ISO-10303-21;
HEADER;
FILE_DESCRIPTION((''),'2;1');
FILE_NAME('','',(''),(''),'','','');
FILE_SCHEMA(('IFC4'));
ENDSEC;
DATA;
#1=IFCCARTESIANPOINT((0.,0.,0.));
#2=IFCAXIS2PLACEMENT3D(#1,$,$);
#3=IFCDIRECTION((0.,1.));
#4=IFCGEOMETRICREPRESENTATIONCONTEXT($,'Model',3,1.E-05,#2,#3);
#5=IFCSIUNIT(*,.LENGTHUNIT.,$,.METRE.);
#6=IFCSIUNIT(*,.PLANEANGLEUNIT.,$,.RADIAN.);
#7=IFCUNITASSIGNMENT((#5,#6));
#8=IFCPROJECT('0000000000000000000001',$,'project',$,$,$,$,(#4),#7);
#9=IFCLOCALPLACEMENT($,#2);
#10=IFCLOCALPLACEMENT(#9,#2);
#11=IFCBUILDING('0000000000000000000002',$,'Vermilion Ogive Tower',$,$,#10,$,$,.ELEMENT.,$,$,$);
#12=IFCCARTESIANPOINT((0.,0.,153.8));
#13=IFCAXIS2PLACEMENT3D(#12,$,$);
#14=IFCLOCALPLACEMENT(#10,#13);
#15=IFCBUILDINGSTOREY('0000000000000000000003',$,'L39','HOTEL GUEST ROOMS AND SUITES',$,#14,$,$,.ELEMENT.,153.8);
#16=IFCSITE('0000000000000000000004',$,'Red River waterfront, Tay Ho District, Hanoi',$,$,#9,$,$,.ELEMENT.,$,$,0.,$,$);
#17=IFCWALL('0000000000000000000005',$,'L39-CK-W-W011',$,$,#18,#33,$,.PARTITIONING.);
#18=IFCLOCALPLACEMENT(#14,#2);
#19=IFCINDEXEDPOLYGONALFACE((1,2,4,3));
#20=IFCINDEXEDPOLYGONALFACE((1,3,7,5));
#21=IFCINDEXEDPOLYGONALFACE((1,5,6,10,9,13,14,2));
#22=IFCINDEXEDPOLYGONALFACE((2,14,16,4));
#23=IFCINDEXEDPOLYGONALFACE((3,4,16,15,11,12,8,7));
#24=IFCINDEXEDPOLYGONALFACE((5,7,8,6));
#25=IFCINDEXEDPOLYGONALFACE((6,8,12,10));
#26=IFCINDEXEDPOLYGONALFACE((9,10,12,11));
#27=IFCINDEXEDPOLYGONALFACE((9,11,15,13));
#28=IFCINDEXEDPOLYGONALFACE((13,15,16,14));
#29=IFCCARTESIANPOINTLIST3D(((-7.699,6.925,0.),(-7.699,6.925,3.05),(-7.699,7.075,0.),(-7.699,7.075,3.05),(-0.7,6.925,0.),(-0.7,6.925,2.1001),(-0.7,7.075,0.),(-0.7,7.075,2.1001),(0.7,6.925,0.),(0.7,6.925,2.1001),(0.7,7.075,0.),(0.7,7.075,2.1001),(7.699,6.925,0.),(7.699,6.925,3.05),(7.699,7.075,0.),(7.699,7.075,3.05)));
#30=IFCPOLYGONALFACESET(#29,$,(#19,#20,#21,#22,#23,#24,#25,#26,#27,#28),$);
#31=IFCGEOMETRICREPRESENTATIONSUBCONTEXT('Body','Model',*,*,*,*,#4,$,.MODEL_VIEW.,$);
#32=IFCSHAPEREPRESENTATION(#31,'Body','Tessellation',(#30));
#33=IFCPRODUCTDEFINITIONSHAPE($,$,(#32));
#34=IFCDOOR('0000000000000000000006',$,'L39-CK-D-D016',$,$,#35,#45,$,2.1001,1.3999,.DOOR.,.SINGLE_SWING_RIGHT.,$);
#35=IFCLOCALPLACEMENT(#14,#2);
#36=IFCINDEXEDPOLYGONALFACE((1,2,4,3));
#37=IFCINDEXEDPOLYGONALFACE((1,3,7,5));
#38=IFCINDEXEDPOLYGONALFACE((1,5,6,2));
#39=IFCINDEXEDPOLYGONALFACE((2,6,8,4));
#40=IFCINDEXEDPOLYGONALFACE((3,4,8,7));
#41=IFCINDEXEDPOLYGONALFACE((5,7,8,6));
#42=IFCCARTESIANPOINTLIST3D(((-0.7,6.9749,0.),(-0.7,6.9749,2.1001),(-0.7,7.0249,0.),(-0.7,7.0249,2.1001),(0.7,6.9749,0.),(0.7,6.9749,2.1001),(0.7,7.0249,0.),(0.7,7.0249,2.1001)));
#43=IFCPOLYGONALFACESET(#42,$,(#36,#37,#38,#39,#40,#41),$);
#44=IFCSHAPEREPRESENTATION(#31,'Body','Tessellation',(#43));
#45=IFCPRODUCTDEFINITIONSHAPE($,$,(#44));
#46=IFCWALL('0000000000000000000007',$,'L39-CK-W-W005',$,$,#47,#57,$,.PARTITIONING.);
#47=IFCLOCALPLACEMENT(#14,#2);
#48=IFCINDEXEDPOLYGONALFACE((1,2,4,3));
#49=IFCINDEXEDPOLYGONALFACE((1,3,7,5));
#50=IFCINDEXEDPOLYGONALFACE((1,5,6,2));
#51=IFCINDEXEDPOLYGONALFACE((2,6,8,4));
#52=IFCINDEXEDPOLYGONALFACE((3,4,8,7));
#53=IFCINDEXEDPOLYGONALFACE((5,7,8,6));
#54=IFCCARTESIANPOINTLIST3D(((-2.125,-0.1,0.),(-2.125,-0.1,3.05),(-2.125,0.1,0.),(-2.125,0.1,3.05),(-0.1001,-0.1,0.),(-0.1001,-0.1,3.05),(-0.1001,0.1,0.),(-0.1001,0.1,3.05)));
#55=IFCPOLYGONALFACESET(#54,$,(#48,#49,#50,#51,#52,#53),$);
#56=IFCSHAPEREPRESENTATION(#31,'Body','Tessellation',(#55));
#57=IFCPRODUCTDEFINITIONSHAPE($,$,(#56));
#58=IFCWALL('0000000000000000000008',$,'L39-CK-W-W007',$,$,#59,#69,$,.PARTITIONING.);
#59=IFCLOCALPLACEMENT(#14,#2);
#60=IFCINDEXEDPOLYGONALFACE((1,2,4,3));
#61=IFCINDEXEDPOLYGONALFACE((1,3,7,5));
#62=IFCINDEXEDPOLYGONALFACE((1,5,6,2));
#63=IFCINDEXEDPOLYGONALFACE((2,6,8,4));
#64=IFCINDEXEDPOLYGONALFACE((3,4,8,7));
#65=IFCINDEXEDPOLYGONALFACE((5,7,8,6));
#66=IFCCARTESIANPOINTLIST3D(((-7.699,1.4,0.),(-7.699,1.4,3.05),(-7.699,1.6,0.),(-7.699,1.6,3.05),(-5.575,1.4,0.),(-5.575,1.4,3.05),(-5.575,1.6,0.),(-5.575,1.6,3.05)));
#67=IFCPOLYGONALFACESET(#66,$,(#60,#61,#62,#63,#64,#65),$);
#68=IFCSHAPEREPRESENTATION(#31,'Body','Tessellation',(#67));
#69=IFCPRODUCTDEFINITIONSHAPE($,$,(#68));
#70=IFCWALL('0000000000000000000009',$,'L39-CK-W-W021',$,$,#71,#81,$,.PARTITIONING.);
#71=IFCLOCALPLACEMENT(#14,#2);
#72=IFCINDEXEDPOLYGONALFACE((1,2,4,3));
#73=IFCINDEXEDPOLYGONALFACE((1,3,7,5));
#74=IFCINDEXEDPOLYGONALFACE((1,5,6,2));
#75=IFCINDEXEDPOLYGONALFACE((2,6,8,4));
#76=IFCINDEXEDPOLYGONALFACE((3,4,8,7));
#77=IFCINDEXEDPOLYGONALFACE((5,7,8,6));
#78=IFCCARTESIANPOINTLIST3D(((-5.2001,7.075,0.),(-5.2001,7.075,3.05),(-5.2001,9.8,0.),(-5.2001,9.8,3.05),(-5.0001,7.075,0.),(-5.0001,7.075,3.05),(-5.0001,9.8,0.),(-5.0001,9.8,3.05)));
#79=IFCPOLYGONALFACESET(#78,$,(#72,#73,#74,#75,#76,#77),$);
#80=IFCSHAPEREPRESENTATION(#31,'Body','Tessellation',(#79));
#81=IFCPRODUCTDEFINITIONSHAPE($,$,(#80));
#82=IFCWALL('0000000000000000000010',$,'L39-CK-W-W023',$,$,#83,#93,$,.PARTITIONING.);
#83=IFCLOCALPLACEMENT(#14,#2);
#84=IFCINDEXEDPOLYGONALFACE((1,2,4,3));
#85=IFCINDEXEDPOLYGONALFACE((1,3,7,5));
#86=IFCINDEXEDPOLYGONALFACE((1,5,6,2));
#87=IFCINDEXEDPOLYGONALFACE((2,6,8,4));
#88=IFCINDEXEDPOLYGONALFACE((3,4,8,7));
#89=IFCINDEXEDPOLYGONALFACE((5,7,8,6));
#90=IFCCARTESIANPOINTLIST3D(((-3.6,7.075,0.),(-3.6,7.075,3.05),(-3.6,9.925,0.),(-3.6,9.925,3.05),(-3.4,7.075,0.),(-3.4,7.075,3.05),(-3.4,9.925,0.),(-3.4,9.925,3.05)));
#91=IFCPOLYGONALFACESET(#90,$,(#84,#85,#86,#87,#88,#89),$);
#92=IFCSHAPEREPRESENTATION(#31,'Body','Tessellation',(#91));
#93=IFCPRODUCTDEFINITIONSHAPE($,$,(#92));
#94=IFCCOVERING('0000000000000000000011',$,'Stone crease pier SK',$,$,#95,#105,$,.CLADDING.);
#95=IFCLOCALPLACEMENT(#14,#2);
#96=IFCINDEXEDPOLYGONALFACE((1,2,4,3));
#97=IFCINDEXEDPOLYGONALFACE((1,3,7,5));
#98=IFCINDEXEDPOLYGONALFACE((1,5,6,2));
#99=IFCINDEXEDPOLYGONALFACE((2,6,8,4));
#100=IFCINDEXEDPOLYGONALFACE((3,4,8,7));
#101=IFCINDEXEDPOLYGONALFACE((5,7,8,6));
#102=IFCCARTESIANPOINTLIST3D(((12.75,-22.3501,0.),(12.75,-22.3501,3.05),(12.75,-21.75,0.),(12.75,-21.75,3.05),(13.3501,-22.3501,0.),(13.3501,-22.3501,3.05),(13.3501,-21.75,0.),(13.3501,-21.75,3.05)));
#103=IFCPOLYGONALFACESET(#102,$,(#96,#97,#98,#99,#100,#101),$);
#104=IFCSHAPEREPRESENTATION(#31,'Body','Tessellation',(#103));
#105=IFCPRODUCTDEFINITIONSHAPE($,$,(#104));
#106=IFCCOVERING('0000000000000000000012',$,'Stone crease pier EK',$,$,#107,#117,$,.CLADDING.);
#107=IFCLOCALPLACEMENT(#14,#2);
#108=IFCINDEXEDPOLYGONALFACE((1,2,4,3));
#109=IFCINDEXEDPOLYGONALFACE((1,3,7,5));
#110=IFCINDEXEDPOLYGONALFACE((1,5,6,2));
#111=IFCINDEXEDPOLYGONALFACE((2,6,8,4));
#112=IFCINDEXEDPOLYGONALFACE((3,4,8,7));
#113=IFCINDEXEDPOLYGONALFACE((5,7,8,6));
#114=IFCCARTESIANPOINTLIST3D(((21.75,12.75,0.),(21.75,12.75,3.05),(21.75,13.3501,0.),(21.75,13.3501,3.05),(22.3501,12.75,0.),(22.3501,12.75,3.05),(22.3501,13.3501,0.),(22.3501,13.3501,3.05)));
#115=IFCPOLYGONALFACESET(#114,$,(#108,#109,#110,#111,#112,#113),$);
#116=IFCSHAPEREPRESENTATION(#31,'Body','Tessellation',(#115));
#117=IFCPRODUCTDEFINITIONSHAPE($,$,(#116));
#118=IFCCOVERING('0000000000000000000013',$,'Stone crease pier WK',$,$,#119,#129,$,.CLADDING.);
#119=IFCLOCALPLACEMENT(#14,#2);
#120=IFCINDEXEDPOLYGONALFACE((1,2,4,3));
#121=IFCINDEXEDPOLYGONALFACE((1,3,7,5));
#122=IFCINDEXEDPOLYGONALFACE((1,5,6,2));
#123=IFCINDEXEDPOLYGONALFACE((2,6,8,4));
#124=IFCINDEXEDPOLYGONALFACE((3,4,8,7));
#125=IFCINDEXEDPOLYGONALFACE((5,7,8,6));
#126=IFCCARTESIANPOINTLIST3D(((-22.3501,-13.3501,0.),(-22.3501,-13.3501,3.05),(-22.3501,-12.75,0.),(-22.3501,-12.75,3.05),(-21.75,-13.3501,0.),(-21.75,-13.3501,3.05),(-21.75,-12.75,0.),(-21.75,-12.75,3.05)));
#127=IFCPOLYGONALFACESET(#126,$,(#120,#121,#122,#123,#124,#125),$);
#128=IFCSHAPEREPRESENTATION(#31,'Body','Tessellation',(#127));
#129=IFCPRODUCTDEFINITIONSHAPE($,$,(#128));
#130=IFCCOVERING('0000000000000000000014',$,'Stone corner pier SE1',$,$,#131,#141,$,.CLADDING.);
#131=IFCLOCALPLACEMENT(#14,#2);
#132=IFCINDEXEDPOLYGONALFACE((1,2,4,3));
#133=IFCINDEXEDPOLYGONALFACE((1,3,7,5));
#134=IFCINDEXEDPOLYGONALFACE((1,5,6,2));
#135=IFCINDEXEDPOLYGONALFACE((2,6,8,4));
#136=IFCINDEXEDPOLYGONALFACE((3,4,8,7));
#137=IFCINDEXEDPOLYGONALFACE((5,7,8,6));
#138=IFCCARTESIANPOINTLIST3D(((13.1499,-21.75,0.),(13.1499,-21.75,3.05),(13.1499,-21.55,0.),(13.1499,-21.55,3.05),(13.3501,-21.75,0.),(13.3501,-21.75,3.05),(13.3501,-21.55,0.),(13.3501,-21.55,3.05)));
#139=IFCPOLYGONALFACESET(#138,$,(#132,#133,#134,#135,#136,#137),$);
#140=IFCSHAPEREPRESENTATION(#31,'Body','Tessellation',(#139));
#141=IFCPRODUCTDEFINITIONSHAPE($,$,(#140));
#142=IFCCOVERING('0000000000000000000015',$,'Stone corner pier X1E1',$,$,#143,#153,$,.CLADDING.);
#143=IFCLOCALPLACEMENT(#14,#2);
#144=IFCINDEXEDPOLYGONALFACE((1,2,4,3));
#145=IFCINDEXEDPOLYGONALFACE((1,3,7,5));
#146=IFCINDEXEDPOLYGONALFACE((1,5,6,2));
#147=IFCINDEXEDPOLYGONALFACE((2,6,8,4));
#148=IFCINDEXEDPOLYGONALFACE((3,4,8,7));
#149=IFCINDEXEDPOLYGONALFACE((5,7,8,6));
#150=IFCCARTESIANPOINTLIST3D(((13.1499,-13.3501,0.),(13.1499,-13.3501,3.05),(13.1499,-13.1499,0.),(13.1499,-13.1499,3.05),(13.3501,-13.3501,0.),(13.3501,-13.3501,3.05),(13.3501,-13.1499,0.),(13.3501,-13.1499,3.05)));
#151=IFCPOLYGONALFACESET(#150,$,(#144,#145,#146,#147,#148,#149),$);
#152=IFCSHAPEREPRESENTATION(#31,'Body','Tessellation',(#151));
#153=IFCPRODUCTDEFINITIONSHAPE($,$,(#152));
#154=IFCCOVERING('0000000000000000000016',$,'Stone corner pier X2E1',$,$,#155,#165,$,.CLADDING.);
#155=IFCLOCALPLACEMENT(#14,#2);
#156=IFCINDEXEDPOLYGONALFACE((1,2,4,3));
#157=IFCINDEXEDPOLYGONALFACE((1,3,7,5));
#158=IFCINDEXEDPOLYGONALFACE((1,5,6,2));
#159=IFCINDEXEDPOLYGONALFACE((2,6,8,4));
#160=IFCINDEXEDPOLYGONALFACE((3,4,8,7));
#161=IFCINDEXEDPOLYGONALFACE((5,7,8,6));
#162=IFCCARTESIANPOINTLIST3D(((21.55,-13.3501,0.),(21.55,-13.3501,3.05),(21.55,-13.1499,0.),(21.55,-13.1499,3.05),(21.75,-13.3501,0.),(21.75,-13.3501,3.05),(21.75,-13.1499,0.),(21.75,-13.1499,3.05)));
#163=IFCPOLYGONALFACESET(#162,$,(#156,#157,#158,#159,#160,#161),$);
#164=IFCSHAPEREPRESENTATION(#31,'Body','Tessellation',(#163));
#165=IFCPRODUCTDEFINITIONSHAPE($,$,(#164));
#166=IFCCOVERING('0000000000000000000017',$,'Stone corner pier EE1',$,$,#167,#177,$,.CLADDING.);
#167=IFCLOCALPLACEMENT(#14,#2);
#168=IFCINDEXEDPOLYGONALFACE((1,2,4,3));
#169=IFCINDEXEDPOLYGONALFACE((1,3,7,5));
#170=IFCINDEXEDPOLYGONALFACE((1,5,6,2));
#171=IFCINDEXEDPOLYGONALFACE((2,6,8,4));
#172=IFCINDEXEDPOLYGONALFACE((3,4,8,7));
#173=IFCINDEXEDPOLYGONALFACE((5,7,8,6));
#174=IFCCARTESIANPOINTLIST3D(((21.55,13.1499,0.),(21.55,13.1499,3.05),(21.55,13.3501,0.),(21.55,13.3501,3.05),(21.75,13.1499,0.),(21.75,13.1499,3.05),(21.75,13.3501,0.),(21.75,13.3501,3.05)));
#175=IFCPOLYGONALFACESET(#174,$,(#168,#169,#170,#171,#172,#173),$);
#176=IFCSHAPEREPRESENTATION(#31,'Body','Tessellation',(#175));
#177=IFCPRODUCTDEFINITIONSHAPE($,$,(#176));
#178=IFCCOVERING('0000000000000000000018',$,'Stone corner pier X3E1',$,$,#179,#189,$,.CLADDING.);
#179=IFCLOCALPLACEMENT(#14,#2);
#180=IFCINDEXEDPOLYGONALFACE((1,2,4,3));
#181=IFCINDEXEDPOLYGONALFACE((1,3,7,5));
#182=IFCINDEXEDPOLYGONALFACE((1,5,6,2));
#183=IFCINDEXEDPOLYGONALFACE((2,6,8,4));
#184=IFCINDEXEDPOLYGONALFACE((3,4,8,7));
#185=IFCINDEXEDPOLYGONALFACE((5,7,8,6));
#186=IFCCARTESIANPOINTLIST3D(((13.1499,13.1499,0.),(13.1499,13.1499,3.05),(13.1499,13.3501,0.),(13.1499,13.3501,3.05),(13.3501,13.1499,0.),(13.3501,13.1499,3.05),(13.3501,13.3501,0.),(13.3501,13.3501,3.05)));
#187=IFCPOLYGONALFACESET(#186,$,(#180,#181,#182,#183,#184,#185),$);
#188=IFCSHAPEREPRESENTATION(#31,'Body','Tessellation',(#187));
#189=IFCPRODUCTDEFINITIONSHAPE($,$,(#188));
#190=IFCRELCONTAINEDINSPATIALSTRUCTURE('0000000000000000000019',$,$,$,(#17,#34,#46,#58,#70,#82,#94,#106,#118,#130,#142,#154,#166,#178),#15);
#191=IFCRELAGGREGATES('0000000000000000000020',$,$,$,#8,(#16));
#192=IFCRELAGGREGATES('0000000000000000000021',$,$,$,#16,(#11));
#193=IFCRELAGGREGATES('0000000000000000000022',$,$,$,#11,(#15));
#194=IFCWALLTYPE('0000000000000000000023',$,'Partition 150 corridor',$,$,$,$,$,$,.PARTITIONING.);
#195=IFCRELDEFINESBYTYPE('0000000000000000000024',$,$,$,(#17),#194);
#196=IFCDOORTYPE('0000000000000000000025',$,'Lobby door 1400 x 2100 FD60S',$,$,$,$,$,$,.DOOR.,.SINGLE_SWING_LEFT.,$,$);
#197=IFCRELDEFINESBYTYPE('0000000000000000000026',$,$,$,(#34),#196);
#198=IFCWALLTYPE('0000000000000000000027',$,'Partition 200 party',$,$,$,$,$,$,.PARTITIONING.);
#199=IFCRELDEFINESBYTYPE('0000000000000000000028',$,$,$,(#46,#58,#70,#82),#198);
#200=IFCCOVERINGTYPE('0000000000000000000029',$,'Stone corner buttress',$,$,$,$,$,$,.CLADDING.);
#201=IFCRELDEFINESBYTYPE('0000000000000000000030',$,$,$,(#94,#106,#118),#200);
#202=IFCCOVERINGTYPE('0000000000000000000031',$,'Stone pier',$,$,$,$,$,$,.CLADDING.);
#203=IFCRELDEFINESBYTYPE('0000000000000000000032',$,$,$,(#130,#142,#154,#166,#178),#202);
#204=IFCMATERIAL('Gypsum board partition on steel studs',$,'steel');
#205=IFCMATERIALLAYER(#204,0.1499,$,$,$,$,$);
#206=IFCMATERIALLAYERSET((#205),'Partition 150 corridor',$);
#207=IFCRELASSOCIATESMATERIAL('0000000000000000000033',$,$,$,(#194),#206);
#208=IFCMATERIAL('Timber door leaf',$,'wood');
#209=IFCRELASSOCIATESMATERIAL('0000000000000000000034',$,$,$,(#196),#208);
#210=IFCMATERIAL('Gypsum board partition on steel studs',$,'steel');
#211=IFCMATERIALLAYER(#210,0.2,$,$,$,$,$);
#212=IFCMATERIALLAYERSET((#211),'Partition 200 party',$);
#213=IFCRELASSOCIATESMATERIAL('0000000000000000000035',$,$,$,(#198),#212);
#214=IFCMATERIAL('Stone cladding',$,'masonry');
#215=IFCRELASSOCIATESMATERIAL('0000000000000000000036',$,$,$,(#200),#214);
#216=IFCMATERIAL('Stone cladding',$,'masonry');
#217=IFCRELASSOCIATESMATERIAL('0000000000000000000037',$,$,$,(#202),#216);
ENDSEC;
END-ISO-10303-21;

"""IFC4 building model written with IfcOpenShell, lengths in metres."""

from ifc_helpers import new_model, si_unit, direction, frame, frame_2d, origin, place, context, subcontext, project, spatial, polyline, rectangle, outline, extrude, material, layer, layer_set, type_object, element, fill, save


model = new_model("IFC4")

# Units and contexts
model_context = context("Model", 3, precision=1e-05, world=origin(), true_north=direction((0.0, 1.0)))
body_context = subcontext(model_context, "Body", "Model", "MODEL_VIEW")
ifc_project = project(units=[si_unit("LENGTHUNIT", "METRE"), si_unit("PLANEANGLEUNIT", "RADIAN")], contexts=[model_context])

# Site, building, storey
site_placement = place(None, origin())
site = spatial("IfcSite", under=ifc_project, at=site_placement, Name="Red River waterfront, Tay Ho District, Hanoi", CompositionType="ELEMENT", RefElevation=0.0)
building_placement = place(site_placement, origin())
building = spatial("IfcBuilding", under=site, at=building_placement, Name="Vermilion Ogive Tower", CompositionType="ELEMENT")
storey_placement = place(building_placement, frame((0.0, 0.0, 153.8)))
storey = spatial("IfcBuildingStorey", under=building, at=storey_placement, Name="L39", Description="HOTEL GUEST ROOMS AND SUITES", CompositionType="ELEMENT", Elevation=153.8)

# Shared definitions
ifc_material_1 = material(Name="Gypsum board partition on steel studs", Category="steel")
ifc_layer_1 = layer(ifc_material_1, 0.1499)
ifc_layer_set_1 = layer_set([ifc_layer_1], Name="Partition 150 corridor")
wall_type_1 = type_object("IfcWallType", Name="Partition 150 corridor", PredefinedType="PARTITIONING", material=ifc_layer_set_1)

# Wall, opening, door
wall_1_placement = place(storey_placement, frame((-7.699, 7.0, 0.0), z_axis=(0.0, 0.0, 1.0), x_axis=(1.0, 0.0, 0.0)))
wall_1 = element("IfcWall", 1, at=wall_1_placement, inside=storey, type_object=wall_type_1, Name="L39-CK-W-W011", PredefinedType="PARTITIONING", context=body_context, shape_type="SweptSolid", body=[
    extrude(rectangle(XDim=15.3979, YDim=0.1499, at=frame_2d((7.699, 0.0))), origin(), (0.0, 0.0, 1.0), 3.05),
])
opening_placement = place(wall_1_placement, frame((6.999, 0.0, 0.0)))
opening = element("IfcOpeningElement", 2, at=opening_placement, cuts=wall_1, PredefinedType="OPENING", context=body_context, shape_type="SweptSolid", body=[
    extrude(rectangle(XDim=1.3999, YDim=2.1001, at=frame_2d((0.7, 1.05))), frame((0.0, 0.085, 0.0), z_axis=(0.0, -1.0, 0.0), x_axis=(1.0, 0.0, 0.0)), (0.0, 0.0, 1.0), 0.1699),
])
ifc_material_2 = material(Name="Timber door leaf", Category="wood")
door_type = type_object("IfcDoorType", Name="Lobby door 1400 x 2100 FD60S", OperationType="SINGLE_SWING_LEFT", PredefinedType="DOOR", material=ifc_material_2)
door_placement = place(opening_placement, origin())
door = element("IfcDoor", 3, at=door_placement, inside=storey, type_object=door_type, Name="L39-CK-D-D016", OperationType="SINGLE_SWING_RIGHT", OverallHeight=2.1001, OverallWidth=1.3999, PredefinedType="DOOR", context=body_context, shape_type="SweptSolid", body=[
    extrude(rectangle(XDim=1.3999, YDim=2.1001, at=frame_2d((0.7, 1.05))), frame((0.0, 0.0249, 0.0), z_axis=(0.0, -1.0, 0.0), x_axis=(1.0, 0.0, 0.0)), (0.0, 0.0, 1.0), 0.05),
])
fill(opening, door)

# Walls
ifc_material_3 = material(Name="Gypsum board partition on steel studs", Category="steel")
ifc_layer_2 = layer(ifc_material_3, 0.2)
ifc_layer_set_2 = layer_set([ifc_layer_2], Name="Partition 200 party")
wall_type_2 = type_object("IfcWallType", Name="Partition 200 party", PredefinedType="PARTITIONING", material=ifc_layer_set_2)
wall_2_placement = place(storey_placement, frame((-2.125, 0.0, 0.0), z_axis=(0.0, 0.0, 1.0), x_axis=(1.0, 0.0, 0.0)))
element("IfcWall", 4, at=wall_2_placement, inside=storey, type_object=wall_type_2, Name="L39-CK-W-W005", PredefinedType="PARTITIONING", context=body_context, shape_type="SweptSolid", body=[
    extrude(rectangle(XDim=2.0249, YDim=0.2, at=frame_2d((1.0125, 0.0))), origin(), (0.0, 0.0, 1.0), 3.05),
])
wall_3_placement = place(storey_placement, frame((-7.699, 1.5, 0.0), z_axis=(0.0, 0.0, 1.0), x_axis=(1.0, 0.0, 0.0)))
element("IfcWall", 5, at=wall_3_placement, inside=storey, type_object=wall_type_2, Name="L39-CK-W-W007", PredefinedType="PARTITIONING", context=body_context, shape_type="SweptSolid", body=[
    extrude(rectangle(XDim=2.124, YDim=0.2, at=frame_2d((1.062, 0.0))), origin(), (0.0, 0.0, 1.0), 3.05),
])
wall_4_placement = place(storey_placement, frame((-5.1001, 7.075, 0.0), z_axis=(0.0, 0.0, 1.0), x_axis=(0.0, 1.0, 0.0)))
element("IfcWall", 6, at=wall_4_placement, inside=storey, type_object=wall_type_2, Name="L39-CK-W-W021", PredefinedType="PARTITIONING", context=body_context, shape_type="SweptSolid", body=[
    extrude(rectangle(XDim=2.7251, YDim=0.2, at=frame_2d((1.3625, 0.0))), origin(), (0.0, 0.0, 1.0), 3.05),
])
wall_5_placement = place(storey_placement, frame((-3.5, 7.075, 0.0), z_axis=(0.0, 0.0, 1.0), x_axis=(0.0, 1.0, 0.0)))
element("IfcWall", 7, at=wall_5_placement, inside=storey, type_object=wall_type_2, Name="L39-CK-W-W023", PredefinedType="PARTITIONING", context=body_context, shape_type="SweptSolid", body=[
    extrude(rectangle(XDim=2.8501, YDim=0.2, at=frame_2d((1.425, 0.0))), origin(), (0.0, 0.0, 1.0), 3.05),
])

# Coverings
ifc_material_4 = material(Name="Stone cladding", Category="masonry")
covering_type_1 = type_object("IfcCoveringType", Name="Stone corner buttress", PredefinedType="CLADDING", material=ifc_material_4)
covering_1_placement = place(storey_placement, origin())
element("IfcCovering", 8, at=covering_1_placement, inside=storey, type_object=covering_type_1, Name="Stone crease pier SK", PredefinedType="CLADDING", context=body_context, shape_type="SweptSolid", body=[
    extrude(outline(polyline([(12.75, -22.3501), (13.3501, -22.3501), (13.3501, -21.75), (12.75, -21.75), (12.75, -22.3501)])), origin(), (0.0, 0.0, 1.0), 3.05),
])
covering_2_placement = place(storey_placement, origin())
element("IfcCovering", 9, at=covering_2_placement, inside=storey, type_object=covering_type_1, Name="Stone crease pier EK", PredefinedType="CLADDING", context=body_context, shape_type="SweptSolid", body=[
    extrude(outline(polyline([(22.3501, 12.75), (22.3501, 13.3501), (21.75, 13.3501), (21.75, 12.75), (22.3501, 12.75)])), origin(), (0.0, 0.0, 1.0), 3.05),
])
covering_3_placement = place(storey_placement, origin())
element("IfcCovering", 10, at=covering_3_placement, inside=storey, type_object=covering_type_1, Name="Stone crease pier WK", PredefinedType="CLADDING", context=body_context, shape_type="SweptSolid", body=[
    extrude(outline(polyline([(-22.3501, -12.75), (-22.3501, -13.3501), (-21.75, -13.3501), (-21.75, -12.75), (-22.3501, -12.75)])), origin(), (0.0, 0.0, 1.0), 3.05),
])
ifc_material_5 = material(Name="Stone cladding", Category="masonry")
covering_type_2 = type_object("IfcCoveringType", Name="Stone pier", PredefinedType="CLADDING", material=ifc_material_5)
covering_4_placement = place(storey_placement, origin())
element("IfcCovering", 11, at=covering_4_placement, inside=storey, type_object=covering_type_2, Name="Stone corner pier SE1", PredefinedType="CLADDING", context=body_context, shape_type="SweptSolid", body=[
    extrude(outline(polyline([(13.1499, -21.75), (13.1499, -21.55), (13.3501, -21.55), (13.3501, -21.75), (13.1499, -21.75)])), origin(), (0.0, 0.0, 1.0), 3.05),
])
covering_5_placement = place(storey_placement, origin())
element("IfcCovering", 12, at=covering_5_placement, inside=storey, type_object=covering_type_2, Name="Stone corner pier X1E1", PredefinedType="CLADDING", context=body_context, shape_type="SweptSolid", body=[
    extrude(outline(polyline([(13.1499, -13.1499), (13.3501, -13.1499), (13.3501, -13.3501), (13.1499, -13.3501), (13.1499, -13.1499)])), origin(), (0.0, 0.0, 1.0), 3.05),
])
covering_6_placement = place(storey_placement, origin())
element("IfcCovering", 13, at=covering_6_placement, inside=storey, type_object=covering_type_2, Name="Stone corner pier X2E1", PredefinedType="CLADDING", context=body_context, shape_type="SweptSolid", body=[
    extrude(outline(polyline([(21.55, -13.3501), (21.55, -13.1499), (21.75, -13.1499), (21.75, -13.3501), (21.55, -13.3501)])), origin(), (0.0, 0.0, 1.0), 3.05),
])
covering_7_placement = place(storey_placement, origin())
element("IfcCovering", 14, at=covering_7_placement, inside=storey, type_object=covering_type_2, Name="Stone corner pier EE1", PredefinedType="CLADDING", context=body_context, shape_type="SweptSolid", body=[
    extrude(outline(polyline([(21.75, 13.1499), (21.55, 13.1499), (21.55, 13.3501), (21.75, 13.3501), (21.75, 13.1499)])), origin(), (0.0, 0.0, 1.0), 3.05),
])
covering_8_placement = place(storey_placement, origin())
element("IfcCovering", 15, at=covering_8_placement, inside=storey, type_object=covering_type_2, Name="Stone corner pier X3E1", PredefinedType="CLADDING", context=body_context, shape_type="SweptSolid", body=[
    extrude(outline(polyline([(13.1499, 13.1499), (13.1499, 13.3501), (13.3501, 13.3501), (13.3501, 13.1499), (13.1499, 13.1499)])), origin(), (0.0, 0.0, 1.0), 3.05),
])

save(model, "model.ifc")
